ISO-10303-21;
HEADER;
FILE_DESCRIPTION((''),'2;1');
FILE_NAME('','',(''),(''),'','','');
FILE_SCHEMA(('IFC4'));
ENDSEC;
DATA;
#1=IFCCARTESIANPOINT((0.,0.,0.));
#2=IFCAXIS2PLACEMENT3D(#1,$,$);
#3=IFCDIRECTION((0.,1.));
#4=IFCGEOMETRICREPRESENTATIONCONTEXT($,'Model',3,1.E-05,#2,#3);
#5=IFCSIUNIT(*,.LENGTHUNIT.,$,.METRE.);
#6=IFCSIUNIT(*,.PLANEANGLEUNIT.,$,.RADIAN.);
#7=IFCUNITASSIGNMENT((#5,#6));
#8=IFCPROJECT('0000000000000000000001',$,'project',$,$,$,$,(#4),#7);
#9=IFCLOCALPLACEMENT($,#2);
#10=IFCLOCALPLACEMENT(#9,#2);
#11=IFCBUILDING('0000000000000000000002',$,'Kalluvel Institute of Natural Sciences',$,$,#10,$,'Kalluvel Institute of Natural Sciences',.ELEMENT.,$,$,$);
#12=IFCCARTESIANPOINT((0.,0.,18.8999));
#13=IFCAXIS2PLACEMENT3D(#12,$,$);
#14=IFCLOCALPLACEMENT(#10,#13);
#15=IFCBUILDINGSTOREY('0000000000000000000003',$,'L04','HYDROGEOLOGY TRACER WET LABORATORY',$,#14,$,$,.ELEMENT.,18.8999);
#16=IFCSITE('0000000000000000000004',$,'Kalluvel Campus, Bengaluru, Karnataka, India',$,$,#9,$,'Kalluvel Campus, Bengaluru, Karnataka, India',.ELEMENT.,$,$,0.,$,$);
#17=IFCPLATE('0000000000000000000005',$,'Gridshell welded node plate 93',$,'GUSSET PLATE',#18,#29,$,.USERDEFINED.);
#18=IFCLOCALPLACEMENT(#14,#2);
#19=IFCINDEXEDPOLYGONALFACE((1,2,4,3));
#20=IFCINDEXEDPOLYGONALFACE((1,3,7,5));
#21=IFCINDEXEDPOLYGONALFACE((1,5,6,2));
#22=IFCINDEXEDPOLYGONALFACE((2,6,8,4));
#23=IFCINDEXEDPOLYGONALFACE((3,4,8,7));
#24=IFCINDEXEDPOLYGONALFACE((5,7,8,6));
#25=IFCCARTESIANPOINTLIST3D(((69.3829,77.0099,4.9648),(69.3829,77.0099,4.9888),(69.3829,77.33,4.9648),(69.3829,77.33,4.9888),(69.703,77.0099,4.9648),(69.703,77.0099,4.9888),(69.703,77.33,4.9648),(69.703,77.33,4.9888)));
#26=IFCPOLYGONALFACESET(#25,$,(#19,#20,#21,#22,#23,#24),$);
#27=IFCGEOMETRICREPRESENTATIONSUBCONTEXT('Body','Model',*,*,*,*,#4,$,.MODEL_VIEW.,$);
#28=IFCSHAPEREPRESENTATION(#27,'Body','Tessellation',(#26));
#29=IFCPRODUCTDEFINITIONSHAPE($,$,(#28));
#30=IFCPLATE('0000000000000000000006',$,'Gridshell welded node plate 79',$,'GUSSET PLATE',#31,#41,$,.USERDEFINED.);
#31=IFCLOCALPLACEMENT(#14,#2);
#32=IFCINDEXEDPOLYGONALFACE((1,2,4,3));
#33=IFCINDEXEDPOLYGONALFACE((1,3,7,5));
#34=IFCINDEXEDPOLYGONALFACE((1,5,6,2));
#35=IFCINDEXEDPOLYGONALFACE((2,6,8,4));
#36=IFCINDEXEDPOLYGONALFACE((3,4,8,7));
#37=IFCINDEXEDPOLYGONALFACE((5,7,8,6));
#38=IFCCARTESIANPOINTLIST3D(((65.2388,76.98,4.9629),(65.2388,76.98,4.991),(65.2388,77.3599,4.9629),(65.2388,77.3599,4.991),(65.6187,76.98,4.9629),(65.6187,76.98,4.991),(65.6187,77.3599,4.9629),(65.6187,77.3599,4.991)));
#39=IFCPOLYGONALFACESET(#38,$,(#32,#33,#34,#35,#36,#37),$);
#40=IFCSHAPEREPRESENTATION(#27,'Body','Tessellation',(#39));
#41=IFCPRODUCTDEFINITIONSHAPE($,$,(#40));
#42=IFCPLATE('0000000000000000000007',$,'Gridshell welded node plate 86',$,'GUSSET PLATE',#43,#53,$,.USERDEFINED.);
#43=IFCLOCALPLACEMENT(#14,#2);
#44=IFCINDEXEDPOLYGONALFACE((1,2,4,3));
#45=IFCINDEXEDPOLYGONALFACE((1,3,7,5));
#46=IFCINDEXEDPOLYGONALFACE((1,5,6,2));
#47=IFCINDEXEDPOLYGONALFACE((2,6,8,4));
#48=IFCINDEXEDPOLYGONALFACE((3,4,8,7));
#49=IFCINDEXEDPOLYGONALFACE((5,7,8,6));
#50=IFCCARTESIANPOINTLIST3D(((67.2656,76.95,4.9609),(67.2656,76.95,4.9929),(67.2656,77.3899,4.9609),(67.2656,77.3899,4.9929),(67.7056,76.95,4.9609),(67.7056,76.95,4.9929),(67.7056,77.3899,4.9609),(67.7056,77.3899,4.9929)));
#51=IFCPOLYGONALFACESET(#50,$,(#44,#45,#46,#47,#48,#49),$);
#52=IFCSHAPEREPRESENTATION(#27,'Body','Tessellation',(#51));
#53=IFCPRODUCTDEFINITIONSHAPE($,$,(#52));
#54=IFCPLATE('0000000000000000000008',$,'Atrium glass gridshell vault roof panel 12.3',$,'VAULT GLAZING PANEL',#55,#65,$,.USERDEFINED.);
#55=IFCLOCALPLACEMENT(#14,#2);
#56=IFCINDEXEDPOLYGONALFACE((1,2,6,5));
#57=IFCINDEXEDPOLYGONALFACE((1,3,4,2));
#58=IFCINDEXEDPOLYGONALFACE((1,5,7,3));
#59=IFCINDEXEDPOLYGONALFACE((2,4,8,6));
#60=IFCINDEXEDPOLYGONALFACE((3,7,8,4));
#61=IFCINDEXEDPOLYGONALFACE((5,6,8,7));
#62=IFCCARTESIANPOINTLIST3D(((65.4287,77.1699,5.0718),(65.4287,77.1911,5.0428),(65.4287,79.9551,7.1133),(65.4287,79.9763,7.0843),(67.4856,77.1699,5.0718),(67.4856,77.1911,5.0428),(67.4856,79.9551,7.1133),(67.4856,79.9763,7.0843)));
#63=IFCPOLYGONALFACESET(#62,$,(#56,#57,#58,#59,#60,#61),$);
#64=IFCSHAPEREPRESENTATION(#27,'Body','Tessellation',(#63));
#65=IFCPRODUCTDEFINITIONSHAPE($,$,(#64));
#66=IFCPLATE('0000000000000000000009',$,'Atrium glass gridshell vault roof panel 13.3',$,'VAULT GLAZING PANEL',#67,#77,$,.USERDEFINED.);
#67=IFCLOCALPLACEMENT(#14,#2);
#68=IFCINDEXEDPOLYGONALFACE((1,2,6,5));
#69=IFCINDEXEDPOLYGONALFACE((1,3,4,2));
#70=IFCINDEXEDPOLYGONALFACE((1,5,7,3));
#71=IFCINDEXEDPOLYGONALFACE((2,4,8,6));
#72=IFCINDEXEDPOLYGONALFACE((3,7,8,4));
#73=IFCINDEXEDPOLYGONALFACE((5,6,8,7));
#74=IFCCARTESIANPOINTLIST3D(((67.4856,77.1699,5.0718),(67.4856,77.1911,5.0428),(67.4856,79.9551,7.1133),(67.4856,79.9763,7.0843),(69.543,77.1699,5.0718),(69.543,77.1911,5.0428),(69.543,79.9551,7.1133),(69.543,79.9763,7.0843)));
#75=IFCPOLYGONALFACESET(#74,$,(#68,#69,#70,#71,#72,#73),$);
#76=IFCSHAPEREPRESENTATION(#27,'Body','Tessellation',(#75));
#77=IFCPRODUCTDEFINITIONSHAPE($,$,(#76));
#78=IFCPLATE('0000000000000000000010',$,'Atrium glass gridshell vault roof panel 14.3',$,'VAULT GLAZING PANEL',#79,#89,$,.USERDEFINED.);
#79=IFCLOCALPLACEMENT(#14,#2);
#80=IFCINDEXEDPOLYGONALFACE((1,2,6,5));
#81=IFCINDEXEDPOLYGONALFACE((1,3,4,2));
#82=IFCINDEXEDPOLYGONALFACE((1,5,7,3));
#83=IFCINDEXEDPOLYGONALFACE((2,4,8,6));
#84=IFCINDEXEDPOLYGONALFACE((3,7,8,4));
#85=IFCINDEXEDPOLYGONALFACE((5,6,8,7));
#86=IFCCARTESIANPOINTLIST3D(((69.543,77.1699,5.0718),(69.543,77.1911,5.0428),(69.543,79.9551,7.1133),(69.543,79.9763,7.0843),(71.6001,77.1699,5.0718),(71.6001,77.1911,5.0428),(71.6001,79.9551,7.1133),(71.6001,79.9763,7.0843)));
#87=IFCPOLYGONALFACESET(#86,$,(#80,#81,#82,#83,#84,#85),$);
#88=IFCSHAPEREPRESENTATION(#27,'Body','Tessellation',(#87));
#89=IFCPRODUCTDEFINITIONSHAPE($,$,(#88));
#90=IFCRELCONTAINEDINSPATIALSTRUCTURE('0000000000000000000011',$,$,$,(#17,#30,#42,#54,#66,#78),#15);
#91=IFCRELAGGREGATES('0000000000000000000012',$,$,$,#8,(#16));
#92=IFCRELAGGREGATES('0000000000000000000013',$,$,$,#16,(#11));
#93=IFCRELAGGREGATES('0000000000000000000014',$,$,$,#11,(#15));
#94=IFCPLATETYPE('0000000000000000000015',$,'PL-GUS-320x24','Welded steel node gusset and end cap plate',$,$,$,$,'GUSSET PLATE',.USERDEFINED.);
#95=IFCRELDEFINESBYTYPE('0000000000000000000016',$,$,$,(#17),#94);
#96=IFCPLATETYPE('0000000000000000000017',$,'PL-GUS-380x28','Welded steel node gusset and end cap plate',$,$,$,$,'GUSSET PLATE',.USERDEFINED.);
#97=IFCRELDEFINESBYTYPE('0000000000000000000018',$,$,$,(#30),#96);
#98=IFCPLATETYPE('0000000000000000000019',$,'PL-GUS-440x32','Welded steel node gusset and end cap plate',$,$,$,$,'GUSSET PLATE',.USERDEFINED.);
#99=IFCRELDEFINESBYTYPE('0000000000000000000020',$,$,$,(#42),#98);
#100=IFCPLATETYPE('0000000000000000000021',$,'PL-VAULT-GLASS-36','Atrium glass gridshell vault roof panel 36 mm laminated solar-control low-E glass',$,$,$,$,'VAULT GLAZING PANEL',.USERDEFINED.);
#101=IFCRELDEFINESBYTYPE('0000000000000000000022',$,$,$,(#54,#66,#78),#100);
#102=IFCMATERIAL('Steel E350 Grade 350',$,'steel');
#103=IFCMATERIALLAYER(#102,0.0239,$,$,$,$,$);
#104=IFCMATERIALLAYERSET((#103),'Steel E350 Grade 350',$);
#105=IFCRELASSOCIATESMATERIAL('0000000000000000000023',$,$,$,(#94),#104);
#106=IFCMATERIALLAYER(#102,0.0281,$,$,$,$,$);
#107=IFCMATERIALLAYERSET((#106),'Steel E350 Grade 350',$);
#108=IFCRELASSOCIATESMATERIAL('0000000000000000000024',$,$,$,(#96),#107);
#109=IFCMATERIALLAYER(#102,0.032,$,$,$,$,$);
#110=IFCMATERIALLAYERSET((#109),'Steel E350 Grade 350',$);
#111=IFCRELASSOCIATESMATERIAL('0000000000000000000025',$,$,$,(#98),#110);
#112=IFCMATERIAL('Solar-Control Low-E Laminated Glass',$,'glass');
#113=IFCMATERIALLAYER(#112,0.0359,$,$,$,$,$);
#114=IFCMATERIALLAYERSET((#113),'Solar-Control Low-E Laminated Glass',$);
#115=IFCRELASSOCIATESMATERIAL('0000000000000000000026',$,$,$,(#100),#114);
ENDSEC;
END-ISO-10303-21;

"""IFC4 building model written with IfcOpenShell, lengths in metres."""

from ifc_helpers import new_model, si_unit, direction, frame, origin, origin_2d, place, context, subcontext, project, spatial, polyline, rectangle, outline, extrude, material, layer, layer_set, type_object, element, save


model = new_model("IFC4")

# Units and contexts
model_context = context("Model", 3, precision=1e-05, world=origin(), true_north=direction((0.0, 1.0)))
body_context = subcontext(model_context, "Body", "Model", "MODEL_VIEW")
ifc_project = project(units=[si_unit("LENGTHUNIT", "METRE"), si_unit("PLANEANGLEUNIT", "RADIAN")], contexts=[model_context])

# Site, building, storey
site_placement = place(None, origin())
site = spatial("IfcSite", under=ifc_project, at=site_placement, Name="Kalluvel Campus, Bengaluru, Karnataka, India", LongName="Kalluvel Campus, Bengaluru, Karnataka, India", CompositionType="ELEMENT", RefElevation=0.0)
building_placement = place(site_placement, origin())
building = spatial("IfcBuilding", under=site, at=building_placement, Name="Kalluvel Institute of Natural Sciences", LongName="Kalluvel Institute of Natural Sciences", CompositionType="ELEMENT")
storey_placement = place(building_placement, frame((0.0, 0.0, 18.8999)))
storey = spatial("IfcBuildingStorey", under=building, at=storey_placement, Name="L04", Description="HYDROGEOLOGY TRACER WET LABORATORY", CompositionType="ELEMENT", Elevation=18.8999)

# Shared definitions
ifc_material_1 = material(Name="Steel E350 Grade 350", Category="steel")

# Plates
ifc_layer_1 = layer(ifc_material_1, 0.0239)
ifc_layer_set_1 = layer_set([ifc_layer_1], Name="Steel E350 Grade 350")
plate_type_1 = type_object("IfcPlateType", Name="PL-GUS-320x24", Description="Welded steel node gusset and end cap plate", ElementType="GUSSET PLATE", PredefinedType="USERDEFINED", material=ifc_layer_set_1)
plate_1_placement = place(storey_placement, frame((69.543, 77.1699, 4.9648), z_axis=(0.0, 0.0, 1.0), x_axis=(1.0, 0.0, 0.0)))
element("IfcPlate", 1, at=plate_1_placement, inside=storey, type_object=plate_type_1, Name="Gridshell welded node plate 93", ObjectType="GUSSET PLATE", PredefinedType="USERDEFINED", context=body_context, shape_type="SweptSolid", body=[
    extrude(rectangle(XDim=0.3201, YDim=0.3201, at=origin_2d()), origin(), (0.0, 0.0, 1.0), 0.0239),
])
ifc_layer_2 = layer(ifc_material_1, 0.0281)
ifc_layer_set_2 = layer_set([ifc_layer_2], Name="Steel E350 Grade 350")
plate_type_2 = type_object("IfcPlateType", Name="PL-GUS-380x28", Description="Welded steel node gusset and end cap plate", ElementType="GUSSET PLATE", PredefinedType="USERDEFINED", material=ifc_layer_set_2)
plate_2_placement = place(storey_placement, frame((65.4287, 77.1699, 4.9629), z_axis=(0.0, 0.0, 1.0), x_axis=(1.0, 0.0, 0.0)))
element("IfcPlate", 2, at=plate_2_placement, inside=storey, type_object=plate_type_2, Name="Gridshell welded node plate 79", ObjectType="GUSSET PLATE", PredefinedType="USERDEFINED", context=body_context, shape_type="SweptSolid", body=[
    extrude(rectangle(XDim=0.3799, YDim=0.3799, at=origin_2d()), origin(), (0.0, 0.0, 1.0), 0.0281),
])
ifc_layer_3 = layer(ifc_material_1, 0.032)
ifc_layer_set_3 = layer_set([ifc_layer_3], Name="Steel E350 Grade 350")
plate_type_3 = type_object("IfcPlateType", Name="PL-GUS-440x32", Description="Welded steel node gusset and end cap plate", ElementType="GUSSET PLATE", PredefinedType="USERDEFINED", material=ifc_layer_set_3)
plate_3_placement = place(storey_placement, frame((67.4856, 77.1699, 4.9609), z_axis=(0.0, 0.0, 1.0), x_axis=(1.0, 0.0, 0.0)))
element("IfcPlate", 3, at=plate_3_placement, inside=storey, type_object=plate_type_3, Name="Gridshell welded node plate 86", ObjectType="GUSSET PLATE", PredefinedType="USERDEFINED", context=body_context, shape_type="SweptSolid", body=[
    extrude(rectangle(XDim=0.4399, YDim=0.4399, at=origin_2d()), origin(), (0.0, 0.0, 1.0), 0.032),
])
ifc_material_2 = material(Name="Solar-Control Low-E Laminated Glass", Category="glass")
ifc_layer_4 = layer(ifc_material_2, 0.0359)
ifc_layer_set_4 = layer_set([ifc_layer_4], Name="Solar-Control Low-E Laminated Glass")
plate_type_4 = type_object("IfcPlateType", Name="PL-VAULT-GLASS-36", Description="Atrium glass gridshell vault roof panel 36 mm laminated solar-control low-E glass", ElementType="VAULT GLAZING PANEL", PredefinedType="USERDEFINED", material=ifc_layer_set_4)
plate_4_placement = place(storey_placement, frame((65.4287, 77.1699, 5.0718), z_axis=(0.0, -0.591186, 0.806535), x_axis=(1.0, 0.0, 0.0)))
element("IfcPlate", 4, at=plate_4_placement, inside=storey, type_object=plate_type_4, Name="Atrium glass gridshell vault roof panel 12.3", ObjectType="VAULT GLAZING PANEL", PredefinedType="USERDEFINED", context=body_context, shape_type="SweptSolid", body=[
    extrude(outline(polyline([(0.0, 0.0), (2.0569, 0.0), (2.0569, 3.4532), (0.0, 3.4532), (0.0, 0.0)])), origin(), (0.0, 0.0, -1.0), 0.0359),
])
plate_5_placement = place(storey_placement, frame((67.4856, 77.1699, 5.0718), z_axis=(0.0, -0.591186, 0.806535), x_axis=(1.0, 0.0, 0.0)))
element("IfcPlate", 5, at=plate_5_placement, inside=storey, type_object=plate_type_4, Name="Atrium glass gridshell vault roof panel 13.3", ObjectType="VAULT GLAZING PANEL", PredefinedType="USERDEFINED", context=body_context, shape_type="SweptSolid", body=[
    extrude(outline(polyline([(0.0, 0.0), (2.0574, 0.0), (2.0574, 3.4532), (0.0, 3.4532), (0.0, 0.0)])), origin(), (0.0, 0.0, -1.0), 0.0359),
])
plate_6_placement = place(storey_placement, frame((69.543, 77.1699, 5.0718), z_axis=(0.0, -0.591186, 0.806535), x_axis=(1.0, 0.0, 0.0)))
element("IfcPlate", 6, at=plate_6_placement, inside=storey, type_object=plate_type_4, Name="Atrium glass gridshell vault roof panel 14.3", ObjectType="VAULT GLAZING PANEL", PredefinedType="USERDEFINED", context=body_context, shape_type="SweptSolid", body=[
    extrude(outline(polyline([(0.0, 0.0), (2.0571, 0.0), (2.0571, 3.4532), (0.0, 3.4532), (0.0, 0.0)])), origin(), (0.0, 0.0, -1.0), 0.0359),
])

save(model, "model.ifc")
